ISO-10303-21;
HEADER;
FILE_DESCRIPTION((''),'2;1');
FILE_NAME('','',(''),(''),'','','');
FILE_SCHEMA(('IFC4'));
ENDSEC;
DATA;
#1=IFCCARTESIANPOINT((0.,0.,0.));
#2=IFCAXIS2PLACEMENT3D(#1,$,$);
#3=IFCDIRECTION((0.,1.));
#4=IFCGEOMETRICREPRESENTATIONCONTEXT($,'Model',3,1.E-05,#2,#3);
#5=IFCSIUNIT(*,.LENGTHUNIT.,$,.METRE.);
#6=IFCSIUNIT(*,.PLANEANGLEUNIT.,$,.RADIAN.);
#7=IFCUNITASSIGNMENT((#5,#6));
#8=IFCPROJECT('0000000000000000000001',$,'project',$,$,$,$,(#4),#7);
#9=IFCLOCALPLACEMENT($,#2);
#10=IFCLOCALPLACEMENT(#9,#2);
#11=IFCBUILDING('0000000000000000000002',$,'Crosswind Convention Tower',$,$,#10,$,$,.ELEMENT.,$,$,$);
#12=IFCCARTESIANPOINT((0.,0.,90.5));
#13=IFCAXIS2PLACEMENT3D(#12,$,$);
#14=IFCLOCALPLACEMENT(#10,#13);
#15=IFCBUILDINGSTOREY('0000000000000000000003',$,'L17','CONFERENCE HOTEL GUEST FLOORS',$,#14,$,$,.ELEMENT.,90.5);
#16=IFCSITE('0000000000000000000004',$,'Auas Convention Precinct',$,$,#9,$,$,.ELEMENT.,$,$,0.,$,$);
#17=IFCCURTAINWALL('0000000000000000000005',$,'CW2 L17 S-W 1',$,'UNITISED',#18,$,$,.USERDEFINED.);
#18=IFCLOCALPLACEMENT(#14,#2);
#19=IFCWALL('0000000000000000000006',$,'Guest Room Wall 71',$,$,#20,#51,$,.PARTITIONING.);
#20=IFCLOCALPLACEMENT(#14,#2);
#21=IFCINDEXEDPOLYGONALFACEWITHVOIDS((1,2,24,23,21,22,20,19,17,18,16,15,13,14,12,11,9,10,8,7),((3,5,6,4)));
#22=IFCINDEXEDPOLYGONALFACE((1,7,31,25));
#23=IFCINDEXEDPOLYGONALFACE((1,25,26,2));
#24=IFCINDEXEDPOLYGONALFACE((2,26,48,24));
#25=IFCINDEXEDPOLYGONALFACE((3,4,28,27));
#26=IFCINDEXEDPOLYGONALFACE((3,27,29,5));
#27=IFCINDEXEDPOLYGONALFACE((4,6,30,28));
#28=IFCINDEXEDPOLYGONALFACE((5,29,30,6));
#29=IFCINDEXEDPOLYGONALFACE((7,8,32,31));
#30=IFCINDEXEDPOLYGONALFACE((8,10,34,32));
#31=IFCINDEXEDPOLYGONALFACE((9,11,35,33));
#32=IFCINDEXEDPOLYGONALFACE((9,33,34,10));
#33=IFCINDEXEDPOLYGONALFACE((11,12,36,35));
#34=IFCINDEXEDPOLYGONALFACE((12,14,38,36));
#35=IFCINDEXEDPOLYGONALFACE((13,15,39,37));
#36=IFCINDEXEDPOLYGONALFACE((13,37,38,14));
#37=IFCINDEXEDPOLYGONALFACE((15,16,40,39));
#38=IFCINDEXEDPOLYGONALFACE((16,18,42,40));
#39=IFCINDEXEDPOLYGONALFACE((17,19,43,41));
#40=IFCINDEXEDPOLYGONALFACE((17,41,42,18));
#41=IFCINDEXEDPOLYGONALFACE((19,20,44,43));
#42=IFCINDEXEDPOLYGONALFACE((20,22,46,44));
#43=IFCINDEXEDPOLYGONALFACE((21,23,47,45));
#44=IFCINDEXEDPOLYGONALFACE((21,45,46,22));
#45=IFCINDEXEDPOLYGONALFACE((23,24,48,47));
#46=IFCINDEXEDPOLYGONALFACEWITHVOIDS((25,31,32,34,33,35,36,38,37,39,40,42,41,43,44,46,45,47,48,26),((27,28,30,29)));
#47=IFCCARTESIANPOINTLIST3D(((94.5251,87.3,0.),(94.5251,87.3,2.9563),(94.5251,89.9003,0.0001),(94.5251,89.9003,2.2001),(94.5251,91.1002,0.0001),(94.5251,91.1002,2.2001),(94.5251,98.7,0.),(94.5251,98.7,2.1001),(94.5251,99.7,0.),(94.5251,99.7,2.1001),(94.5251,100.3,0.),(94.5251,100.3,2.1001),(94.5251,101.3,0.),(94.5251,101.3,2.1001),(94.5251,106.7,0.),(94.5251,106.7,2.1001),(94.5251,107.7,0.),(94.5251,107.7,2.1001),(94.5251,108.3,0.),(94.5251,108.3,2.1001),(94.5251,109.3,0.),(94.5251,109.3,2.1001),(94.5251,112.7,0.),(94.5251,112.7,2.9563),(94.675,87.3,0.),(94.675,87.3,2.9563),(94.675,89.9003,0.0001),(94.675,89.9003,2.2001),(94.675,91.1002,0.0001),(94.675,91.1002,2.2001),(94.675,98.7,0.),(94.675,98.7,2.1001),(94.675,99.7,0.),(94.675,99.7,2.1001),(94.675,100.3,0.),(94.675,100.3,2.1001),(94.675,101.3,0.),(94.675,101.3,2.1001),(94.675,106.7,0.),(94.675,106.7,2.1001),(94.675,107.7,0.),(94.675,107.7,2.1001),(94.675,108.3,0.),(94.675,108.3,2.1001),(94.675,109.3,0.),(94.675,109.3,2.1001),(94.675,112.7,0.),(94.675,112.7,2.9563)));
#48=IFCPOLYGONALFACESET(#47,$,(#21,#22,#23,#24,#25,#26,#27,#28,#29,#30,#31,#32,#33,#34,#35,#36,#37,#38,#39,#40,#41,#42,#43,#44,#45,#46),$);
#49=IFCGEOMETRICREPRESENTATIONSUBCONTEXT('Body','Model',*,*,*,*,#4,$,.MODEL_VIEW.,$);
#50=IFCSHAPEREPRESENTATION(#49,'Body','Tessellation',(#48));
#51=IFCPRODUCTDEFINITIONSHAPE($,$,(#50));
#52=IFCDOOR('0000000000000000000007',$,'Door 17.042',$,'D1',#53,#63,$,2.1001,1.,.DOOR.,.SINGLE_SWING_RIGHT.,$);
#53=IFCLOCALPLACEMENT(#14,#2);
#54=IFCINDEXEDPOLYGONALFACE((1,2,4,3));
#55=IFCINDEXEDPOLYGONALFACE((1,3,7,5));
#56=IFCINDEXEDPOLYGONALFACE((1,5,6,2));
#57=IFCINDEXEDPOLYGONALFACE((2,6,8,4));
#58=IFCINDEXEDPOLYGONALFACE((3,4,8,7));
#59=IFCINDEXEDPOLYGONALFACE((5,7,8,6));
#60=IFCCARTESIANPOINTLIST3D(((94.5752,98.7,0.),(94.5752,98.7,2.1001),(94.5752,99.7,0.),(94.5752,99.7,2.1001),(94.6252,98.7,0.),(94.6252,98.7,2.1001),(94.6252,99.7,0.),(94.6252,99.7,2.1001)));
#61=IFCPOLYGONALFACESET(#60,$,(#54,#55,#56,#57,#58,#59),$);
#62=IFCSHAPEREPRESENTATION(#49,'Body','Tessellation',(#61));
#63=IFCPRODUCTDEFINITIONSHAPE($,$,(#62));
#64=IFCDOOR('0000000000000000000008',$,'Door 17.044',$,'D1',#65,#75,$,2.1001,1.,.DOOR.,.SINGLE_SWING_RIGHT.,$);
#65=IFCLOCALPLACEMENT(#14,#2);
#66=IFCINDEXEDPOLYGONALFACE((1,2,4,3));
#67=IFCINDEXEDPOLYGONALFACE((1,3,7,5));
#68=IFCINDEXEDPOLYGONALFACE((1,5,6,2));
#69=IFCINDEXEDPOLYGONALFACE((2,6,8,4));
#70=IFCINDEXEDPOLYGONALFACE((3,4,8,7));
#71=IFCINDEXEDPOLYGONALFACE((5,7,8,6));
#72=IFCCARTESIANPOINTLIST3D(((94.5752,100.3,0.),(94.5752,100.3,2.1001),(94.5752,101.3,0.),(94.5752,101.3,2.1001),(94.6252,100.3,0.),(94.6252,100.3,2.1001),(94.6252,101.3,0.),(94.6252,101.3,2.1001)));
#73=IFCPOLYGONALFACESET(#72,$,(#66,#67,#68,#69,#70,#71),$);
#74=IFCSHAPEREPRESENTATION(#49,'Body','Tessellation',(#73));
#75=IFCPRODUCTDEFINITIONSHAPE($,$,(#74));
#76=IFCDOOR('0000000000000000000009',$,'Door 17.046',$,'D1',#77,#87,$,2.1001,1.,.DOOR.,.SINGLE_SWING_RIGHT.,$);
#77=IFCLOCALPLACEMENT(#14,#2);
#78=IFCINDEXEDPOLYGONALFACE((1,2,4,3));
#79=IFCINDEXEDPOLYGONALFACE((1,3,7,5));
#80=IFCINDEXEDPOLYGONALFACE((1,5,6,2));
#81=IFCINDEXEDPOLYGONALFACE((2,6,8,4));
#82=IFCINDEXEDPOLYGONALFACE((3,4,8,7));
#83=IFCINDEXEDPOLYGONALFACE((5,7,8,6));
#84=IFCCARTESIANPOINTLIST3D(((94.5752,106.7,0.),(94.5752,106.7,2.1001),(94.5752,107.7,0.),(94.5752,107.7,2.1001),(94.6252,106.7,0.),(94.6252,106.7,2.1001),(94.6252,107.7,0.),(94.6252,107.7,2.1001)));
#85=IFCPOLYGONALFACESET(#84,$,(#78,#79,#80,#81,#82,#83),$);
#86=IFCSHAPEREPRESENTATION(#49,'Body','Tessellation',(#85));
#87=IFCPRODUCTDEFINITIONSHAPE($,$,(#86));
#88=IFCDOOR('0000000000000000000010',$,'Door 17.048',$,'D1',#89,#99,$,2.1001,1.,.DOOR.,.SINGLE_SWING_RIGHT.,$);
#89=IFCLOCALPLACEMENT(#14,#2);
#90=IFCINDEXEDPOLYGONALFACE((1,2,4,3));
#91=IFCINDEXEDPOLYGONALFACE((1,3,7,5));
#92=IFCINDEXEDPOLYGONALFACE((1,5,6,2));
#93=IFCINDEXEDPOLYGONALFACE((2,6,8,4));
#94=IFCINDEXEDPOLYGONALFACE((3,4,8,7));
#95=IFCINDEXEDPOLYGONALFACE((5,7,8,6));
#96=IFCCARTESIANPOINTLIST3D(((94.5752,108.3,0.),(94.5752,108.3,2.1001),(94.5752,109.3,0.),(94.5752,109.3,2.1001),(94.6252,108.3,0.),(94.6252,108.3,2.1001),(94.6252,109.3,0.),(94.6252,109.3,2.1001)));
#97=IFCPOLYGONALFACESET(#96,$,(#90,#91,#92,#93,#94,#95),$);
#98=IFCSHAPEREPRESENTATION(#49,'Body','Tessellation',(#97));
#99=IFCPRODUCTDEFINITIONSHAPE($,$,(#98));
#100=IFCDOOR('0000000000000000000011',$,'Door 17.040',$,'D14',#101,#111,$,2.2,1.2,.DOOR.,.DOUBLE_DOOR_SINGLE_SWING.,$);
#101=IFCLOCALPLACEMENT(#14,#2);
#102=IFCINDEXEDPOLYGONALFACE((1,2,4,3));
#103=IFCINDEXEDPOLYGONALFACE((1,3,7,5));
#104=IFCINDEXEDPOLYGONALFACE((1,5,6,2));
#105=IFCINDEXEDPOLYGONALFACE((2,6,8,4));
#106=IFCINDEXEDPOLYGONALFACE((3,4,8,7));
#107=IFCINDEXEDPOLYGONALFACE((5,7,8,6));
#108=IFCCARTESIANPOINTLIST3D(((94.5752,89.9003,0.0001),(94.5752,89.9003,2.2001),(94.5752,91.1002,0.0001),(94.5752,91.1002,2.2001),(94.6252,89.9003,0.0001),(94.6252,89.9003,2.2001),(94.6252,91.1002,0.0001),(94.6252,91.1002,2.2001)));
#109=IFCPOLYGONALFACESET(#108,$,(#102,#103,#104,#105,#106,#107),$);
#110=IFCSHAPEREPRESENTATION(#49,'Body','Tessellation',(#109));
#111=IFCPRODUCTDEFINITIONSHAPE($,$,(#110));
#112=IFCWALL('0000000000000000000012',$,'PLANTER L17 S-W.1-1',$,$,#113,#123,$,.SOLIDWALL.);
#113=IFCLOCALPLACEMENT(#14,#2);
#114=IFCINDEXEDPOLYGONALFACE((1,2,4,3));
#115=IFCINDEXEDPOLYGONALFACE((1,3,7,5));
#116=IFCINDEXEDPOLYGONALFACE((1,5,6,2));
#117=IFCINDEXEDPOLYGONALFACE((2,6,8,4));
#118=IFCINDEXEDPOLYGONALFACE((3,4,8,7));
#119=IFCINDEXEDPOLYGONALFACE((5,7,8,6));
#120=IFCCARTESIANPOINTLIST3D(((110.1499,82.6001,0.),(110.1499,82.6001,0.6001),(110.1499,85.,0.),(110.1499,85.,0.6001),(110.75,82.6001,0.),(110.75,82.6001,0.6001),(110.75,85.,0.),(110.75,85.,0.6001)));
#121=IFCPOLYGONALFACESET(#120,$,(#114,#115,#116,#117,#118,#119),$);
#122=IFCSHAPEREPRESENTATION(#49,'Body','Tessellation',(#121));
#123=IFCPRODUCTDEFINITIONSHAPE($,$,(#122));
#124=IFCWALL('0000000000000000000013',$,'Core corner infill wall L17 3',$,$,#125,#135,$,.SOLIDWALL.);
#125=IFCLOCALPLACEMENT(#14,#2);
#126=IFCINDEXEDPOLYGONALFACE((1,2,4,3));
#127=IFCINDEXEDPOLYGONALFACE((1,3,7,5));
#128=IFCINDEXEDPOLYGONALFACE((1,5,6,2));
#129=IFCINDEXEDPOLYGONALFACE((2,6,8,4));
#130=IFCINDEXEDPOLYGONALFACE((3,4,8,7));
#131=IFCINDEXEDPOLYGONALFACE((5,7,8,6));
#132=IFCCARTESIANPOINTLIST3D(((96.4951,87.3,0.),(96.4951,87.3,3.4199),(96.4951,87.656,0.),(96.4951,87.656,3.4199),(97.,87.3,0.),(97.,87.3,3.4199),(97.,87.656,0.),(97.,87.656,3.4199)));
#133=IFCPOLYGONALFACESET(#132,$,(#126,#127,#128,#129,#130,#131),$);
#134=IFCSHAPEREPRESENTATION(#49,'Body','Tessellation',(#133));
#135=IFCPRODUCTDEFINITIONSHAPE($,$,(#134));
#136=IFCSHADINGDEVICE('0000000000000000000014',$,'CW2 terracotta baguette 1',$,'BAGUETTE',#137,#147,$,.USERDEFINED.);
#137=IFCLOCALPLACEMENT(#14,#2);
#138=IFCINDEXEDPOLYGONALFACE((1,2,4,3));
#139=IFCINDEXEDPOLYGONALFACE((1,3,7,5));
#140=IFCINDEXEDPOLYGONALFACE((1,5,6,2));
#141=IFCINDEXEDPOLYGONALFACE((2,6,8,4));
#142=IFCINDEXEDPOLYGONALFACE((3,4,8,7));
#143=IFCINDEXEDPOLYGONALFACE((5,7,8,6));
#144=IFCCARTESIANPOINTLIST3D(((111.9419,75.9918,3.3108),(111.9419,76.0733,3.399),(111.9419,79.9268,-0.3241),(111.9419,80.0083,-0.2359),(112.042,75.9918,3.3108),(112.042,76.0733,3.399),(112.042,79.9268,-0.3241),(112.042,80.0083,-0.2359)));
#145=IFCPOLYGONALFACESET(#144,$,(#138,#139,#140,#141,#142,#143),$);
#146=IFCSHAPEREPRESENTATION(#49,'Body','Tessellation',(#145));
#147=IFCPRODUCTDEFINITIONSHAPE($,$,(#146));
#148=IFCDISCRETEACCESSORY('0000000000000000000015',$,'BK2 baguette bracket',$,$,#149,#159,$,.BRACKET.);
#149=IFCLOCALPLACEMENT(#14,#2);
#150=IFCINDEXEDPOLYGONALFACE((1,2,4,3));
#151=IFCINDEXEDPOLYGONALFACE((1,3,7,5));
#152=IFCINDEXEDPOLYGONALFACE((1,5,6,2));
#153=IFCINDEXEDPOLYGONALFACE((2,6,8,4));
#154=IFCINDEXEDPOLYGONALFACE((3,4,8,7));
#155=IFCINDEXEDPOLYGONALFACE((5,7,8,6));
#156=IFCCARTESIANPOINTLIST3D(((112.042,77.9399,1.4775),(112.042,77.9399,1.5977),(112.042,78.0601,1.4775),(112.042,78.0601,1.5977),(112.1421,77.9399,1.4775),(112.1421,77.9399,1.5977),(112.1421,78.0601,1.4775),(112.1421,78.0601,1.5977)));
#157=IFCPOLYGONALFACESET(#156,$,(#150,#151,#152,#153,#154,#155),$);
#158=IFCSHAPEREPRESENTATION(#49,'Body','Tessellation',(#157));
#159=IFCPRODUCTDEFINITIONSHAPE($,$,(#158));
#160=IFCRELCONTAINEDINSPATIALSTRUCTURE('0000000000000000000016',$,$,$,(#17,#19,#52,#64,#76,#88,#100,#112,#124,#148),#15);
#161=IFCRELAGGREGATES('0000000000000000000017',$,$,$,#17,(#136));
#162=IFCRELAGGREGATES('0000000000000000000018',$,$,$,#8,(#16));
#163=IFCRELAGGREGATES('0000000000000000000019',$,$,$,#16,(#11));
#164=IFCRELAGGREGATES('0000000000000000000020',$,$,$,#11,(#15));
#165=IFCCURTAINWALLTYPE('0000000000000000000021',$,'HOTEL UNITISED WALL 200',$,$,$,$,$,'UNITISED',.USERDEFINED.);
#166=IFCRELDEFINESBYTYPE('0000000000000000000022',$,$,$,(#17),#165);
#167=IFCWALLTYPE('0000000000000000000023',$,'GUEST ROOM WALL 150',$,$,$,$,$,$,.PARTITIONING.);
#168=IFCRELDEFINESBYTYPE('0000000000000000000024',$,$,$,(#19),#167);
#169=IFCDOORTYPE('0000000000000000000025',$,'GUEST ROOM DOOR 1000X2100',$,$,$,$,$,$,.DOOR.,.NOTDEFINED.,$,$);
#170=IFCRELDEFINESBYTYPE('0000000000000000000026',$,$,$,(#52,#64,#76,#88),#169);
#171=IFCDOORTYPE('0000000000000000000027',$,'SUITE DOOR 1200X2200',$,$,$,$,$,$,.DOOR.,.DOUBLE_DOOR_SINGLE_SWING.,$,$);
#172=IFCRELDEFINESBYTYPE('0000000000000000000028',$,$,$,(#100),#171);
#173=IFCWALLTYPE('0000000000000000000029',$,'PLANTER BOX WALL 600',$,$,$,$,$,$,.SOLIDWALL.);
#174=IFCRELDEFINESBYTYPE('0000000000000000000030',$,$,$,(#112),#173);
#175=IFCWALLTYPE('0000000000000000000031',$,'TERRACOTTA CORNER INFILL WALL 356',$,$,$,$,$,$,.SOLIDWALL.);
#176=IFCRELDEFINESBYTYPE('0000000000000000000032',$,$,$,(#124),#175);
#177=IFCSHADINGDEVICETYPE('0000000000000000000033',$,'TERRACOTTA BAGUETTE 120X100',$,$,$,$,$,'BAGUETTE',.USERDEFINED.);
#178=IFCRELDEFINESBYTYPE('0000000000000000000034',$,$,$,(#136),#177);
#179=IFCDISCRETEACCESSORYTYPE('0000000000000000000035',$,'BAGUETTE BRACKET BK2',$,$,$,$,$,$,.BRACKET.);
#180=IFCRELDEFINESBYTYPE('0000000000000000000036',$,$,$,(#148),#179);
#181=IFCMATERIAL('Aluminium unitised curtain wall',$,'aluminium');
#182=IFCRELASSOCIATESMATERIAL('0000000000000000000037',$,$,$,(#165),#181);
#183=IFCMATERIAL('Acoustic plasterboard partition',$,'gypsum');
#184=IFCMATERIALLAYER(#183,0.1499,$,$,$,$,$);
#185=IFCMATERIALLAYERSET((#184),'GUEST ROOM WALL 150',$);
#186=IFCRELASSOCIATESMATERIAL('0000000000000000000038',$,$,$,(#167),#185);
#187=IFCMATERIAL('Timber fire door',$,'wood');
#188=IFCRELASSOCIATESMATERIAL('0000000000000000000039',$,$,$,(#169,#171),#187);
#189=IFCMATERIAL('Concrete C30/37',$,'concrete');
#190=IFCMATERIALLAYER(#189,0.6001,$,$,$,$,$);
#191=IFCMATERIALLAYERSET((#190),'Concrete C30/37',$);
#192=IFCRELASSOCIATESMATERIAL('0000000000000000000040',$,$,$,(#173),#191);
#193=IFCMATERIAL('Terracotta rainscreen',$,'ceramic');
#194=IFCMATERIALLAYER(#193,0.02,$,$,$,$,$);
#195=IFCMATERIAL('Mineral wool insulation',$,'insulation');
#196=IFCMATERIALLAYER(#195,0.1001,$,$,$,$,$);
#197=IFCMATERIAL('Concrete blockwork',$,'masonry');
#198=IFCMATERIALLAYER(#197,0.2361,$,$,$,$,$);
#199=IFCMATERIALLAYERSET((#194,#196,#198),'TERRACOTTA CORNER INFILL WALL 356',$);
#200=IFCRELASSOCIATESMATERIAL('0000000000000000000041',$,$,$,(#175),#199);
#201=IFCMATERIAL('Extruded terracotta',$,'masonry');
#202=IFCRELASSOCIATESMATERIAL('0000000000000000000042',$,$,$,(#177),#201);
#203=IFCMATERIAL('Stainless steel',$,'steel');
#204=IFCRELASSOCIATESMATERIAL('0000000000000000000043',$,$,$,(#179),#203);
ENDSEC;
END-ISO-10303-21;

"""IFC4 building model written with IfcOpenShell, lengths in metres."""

from ifc_helpers import new_model, si_unit, direction, frame, frame_2d, origin, origin_2d, place, context, subcontext, project, spatial, rectangle, extrude, material, layer, layer_set, material_profile, profile_set, type_object, element, fill, aggregate, save


model = new_model("IFC4")

# Units and contexts
model_context = context("Model", 3, precision=1e-05, world=origin(), true_north=direction((0.0, 1.0)))
body_context = subcontext(model_context, "Body", "Model", "MODEL_VIEW")
ifc_project = project(units=[si_unit("LENGTHUNIT", "METRE"), si_unit("PLANEANGLEUNIT", "RADIAN")], contexts=[model_context])

# Site, building, storey
site_placement = place(None, origin())
site = spatial("IfcSite", under=ifc_project, at=site_placement, Name="Auas Convention Precinct", CompositionType="ELEMENT", RefElevation=0.0)
building_placement = place(site_placement, origin())
building = spatial("IfcBuilding", under=site, at=building_placement, Name="Crosswind Convention Tower", CompositionType="ELEMENT")
storey_placement = place(building_placement, frame((0.0, 0.0, 90.5)))
storey = spatial("IfcBuildingStorey", under=building, at=storey_placement, Name="L17", Description="CONFERENCE HOTEL GUEST FLOORS", CompositionType="ELEMENT", Elevation=90.5)

# Shared definitions
ifc_material_1 = material(Name="Aluminium unitised curtain wall", Category="aluminium")

# Curtain wall
curtain_wall_type_1 = type_object("IfcCurtainWallType", Name="HOTEL UNITISED WALL 200", ElementType="UNITISED", PredefinedType="USERDEFINED", material=ifc_material_1)
curtain_wall_1_placement = place(storey_placement, origin())
curtain_wall_1 = element("IfcCurtainWall", 1, at=curtain_wall_1_placement, inside=storey, type_object=curtain_wall_type_1, Name="CW2 L17 S-W 1", ObjectType="UNITISED", PredefinedType="USERDEFINED")

# Wall, openings, doors
ifc_material_2 = material(Name="Acoustic plasterboard partition", Category="gypsum")
ifc_layer_1 = layer(ifc_material_2, 0.1499)
ifc_layer_set_1 = layer_set([ifc_layer_1], Name="GUEST ROOM WALL 150")
wall_type_1 = type_object("IfcWallType", Name="GUEST ROOM WALL 150", PredefinedType="PARTITIONING", material=ifc_layer_set_1)
wall_1_placement = place(storey_placement, frame((94.6001, 87.3, 0.0), z_axis=(0.0, 0.0, 1.0), x_axis=(0.0, 1.0, 0.0)))
wall_1 = element("IfcWall", 2, at=wall_1_placement, inside=storey, type_object=wall_type_1, Name="Guest Room Wall 71", PredefinedType="PARTITIONING", context=body_context, shape_type="SweptSolid", body=[
    extrude(rectangle(XDim=25.3999, YDim=0.1499, at=frame_2d((12.7, 0.0))), origin(), (0.0, 0.0, 1.0), 2.9563),
])
opening_1_placement = place(wall_1_placement, frame((2.6001, 0.0, 0.0)))
opening_1 = element("IfcOpeningElement", 3, at=opening_1_placement, cuts=wall_1, PredefinedType="OPENING", context=body_context, shape_type="SweptSolid", body=[
    extrude(rectangle(XDim=1.2, YDim=2.2, at=frame_2d((0.6001, 1.1001))), frame((0.0, 0.085, 0.0), z_axis=(0.0, -1.0, 0.0), x_axis=(1.0, 0.0, 0.0)), (0.0, 0.0, 1.0), 0.1699),
])
opening_2_placement = place(wall_1_placement, frame((11.3999, 0.0, 0.0)))
opening_2 = element("IfcOpeningElement", 4, at=opening_2_placement, cuts=wall_1, PredefinedType="OPENING", context=body_context, shape_type="SweptSolid", body=[
    extrude(rectangle(XDim=1.0, YDim=2.1001, at=frame_2d((0.5, 1.05))), frame((0.0, 0.085, 0.0), z_axis=(0.0, -1.0, 0.0), x_axis=(1.0, 0.0, 0.0)), (0.0, 0.0, 1.0), 0.1699),
])
opening_3_placement = place(wall_1_placement, frame((13.0, 0.0, 0.0)))
opening_3 = element("IfcOpeningElement", 5, at=opening_3_placement, cuts=wall_1, PredefinedType="OPENING", context=body_context, shape_type="SweptSolid", body=[
    extrude(rectangle(XDim=1.0, YDim=2.1001, at=frame_2d((0.5, 1.05))), frame((0.0, 0.085, 0.0), z_axis=(0.0, -1.0, 0.0), x_axis=(1.0, 0.0, 0.0)), (0.0, 0.0, 1.0), 0.1699),
])
opening_4_placement = place(wall_1_placement, frame((19.3999, 0.0, 0.0)))
opening_4 = element("IfcOpeningElement", 6, at=opening_4_placement, cuts=wall_1, PredefinedType="OPENING", context=body_context, shape_type="SweptSolid", body=[
    extrude(rectangle(XDim=1.0, YDim=2.1001, at=frame_2d((0.5, 1.05))), frame((0.0, 0.085, 0.0), z_axis=(0.0, -1.0, 0.0), x_axis=(1.0, 0.0, 0.0)), (0.0, 0.0, 1.0), 0.1699),
])
opening_5_placement = place(wall_1_placement, frame((21.0, 0.0, 0.0)))
opening_5 = element("IfcOpeningElement", 7, at=opening_5_placement, cuts=wall_1, PredefinedType="OPENING", context=body_context, shape_type="SweptSolid", body=[
    extrude(rectangle(XDim=1.0, YDim=2.1001, at=frame_2d((0.5, 1.05))), frame((0.0, 0.085, 0.0), z_axis=(0.0, -1.0, 0.0), x_axis=(1.0, 0.0, 0.0)), (0.0, 0.0, 1.0), 0.1699),
])
ifc_material_3 = material(Name="Timber fire door", Category="wood")
door_type_1 = type_object("IfcDoorType", Name="GUEST ROOM DOOR 1000X2100", OperationType="NOTDEFINED", PredefinedType="DOOR", material=ifc_material_3)
door_1_placement = place(opening_2_placement, origin())
door_1 = element("IfcDoor", 8, at=door_1_placement, inside=storey, type_object=door_type_1, Name="Door 17.042", ObjectType="D1", OperationType="SINGLE_SWING_RIGHT", OverallHeight=2.1001, OverallWidth=1.0, PredefinedType="DOOR", context=body_context, shape_type="SweptSolid", body=[
    extrude(rectangle(XDim=1.0, YDim=2.1001, at=frame_2d((0.5, 1.05))), frame((0.0, 0.0249, 0.0), z_axis=(0.0, -1.0, 0.0), x_axis=(1.0, 0.0, 0.0)), (0.0, 0.0, 1.0), 0.05),
])
fill(opening_2, door_1)
door_2_placement = place(opening_3_placement, origin())
door_2 = element("IfcDoor", 9, at=door_2_placement, inside=storey, type_object=door_type_1, Name="Door 17.044", ObjectType="D1", OperationType="SINGLE_SWING_RIGHT", OverallHeight=2.1001, OverallWidth=1.0, PredefinedType="DOOR", context=body_context, shape_type="SweptSolid", body=[
    extrude(rectangle(XDim=1.0, YDim=2.1001, at=frame_2d((0.5, 1.05))), frame((0.0, 0.0249, 0.0), z_axis=(0.0, -1.0, 0.0), x_axis=(1.0, 0.0, 0.0)), (0.0, 0.0, 1.0), 0.05),
])
fill(opening_3, door_2)
door_3_placement = place(opening_4_placement, origin())
door_3 = element("IfcDoor", 10, at=door_3_placement, inside=storey, type_object=door_type_1, Name="Door 17.046", ObjectType="D1", OperationType="SINGLE_SWING_RIGHT", OverallHeight=2.1001, OverallWidth=1.0, PredefinedType="DOOR", context=body_context, shape_type="SweptSolid", body=[
    extrude(rectangle(XDim=1.0, YDim=2.1001, at=frame_2d((0.5, 1.05))), frame((0.0, 0.0249, 0.0), z_axis=(0.0, -1.0, 0.0), x_axis=(1.0, 0.0, 0.0)), (0.0, 0.0, 1.0), 0.05),
])
fill(opening_4, door_3)
door_4_placement = place(opening_5_placement, origin())
door_4 = element("IfcDoor", 11, at=door_4_placement, inside=storey, type_object=door_type_1, Name="Door 17.048", ObjectType="D1", OperationType="SINGLE_SWING_RIGHT", OverallHeight=2.1001, OverallWidth=1.0, PredefinedType="DOOR", context=body_context, shape_type="SweptSolid", body=[
    extrude(rectangle(XDim=1.0, YDim=2.1001, at=frame_2d((0.5, 1.05))), frame((0.0, 0.0249, 0.0), z_axis=(0.0, -1.0, 0.0), x_axis=(1.0, 0.0, 0.0)), (0.0, 0.0, 1.0), 0.05),
])
fill(opening_5, door_4)
door_type_2 = type_object("IfcDoorType", Name="SUITE DOOR 1200X2200", OperationType="DOUBLE_DOOR_SINGLE_SWING", PredefinedType="DOOR", material=ifc_material_3)
door_5_placement = place(opening_1_placement, origin())
door_5 = element("IfcDoor", 12, at=door_5_placement, inside=storey, type_object=door_type_2, Name="Door 17.040", ObjectType="D14", OperationType="DOUBLE_DOOR_SINGLE_SWING", OverallHeight=2.2, OverallWidth=1.2, PredefinedType="DOOR", context=body_context, shape_type="SweptSolid", body=[
    extrude(rectangle(XDim=1.2, YDim=2.2, at=frame_2d((0.6001, 1.1001))), frame((0.0, 0.0249, 0.0), z_axis=(0.0, -1.0, 0.0), x_axis=(1.0, 0.0, 0.0)), (0.0, 0.0, 1.0), 0.05),
])
fill(opening_1, door_5)

# Walls
ifc_material_4 = material(Name="Concrete C30/37", Category="concrete")
ifc_layer_2 = layer(ifc_material_4, 0.6001)
ifc_layer_set_2 = layer_set([ifc_layer_2], Name="Concrete C30/37")
wall_type_2 = type_object("IfcWallType", Name="PLANTER BOX WALL 600", PredefinedType="SOLIDWALL", material=ifc_layer_set_2)
wall_2_placement = place(storey_placement, frame((110.45, 85.0, 0.0), z_axis=(0.0, 0.0, 1.0), x_axis=(0.0, -1.0, 0.0)))
element("IfcWall", 13, at=wall_2_placement, inside=storey, type_object=wall_type_2, Name="PLANTER L17 S-W.1-1", PredefinedType="SOLIDWALL", context=body_context, shape_type="SweptSolid", body=[
    extrude(rectangle(XDim=2.3999, YDim=0.6001, at=frame_2d((1.2, 0.0))), origin(), (0.0, 0.0, 1.0), 0.6001),
])
ifc_material_5 = material(Name="Terracotta rainscreen", Category="ceramic")
ifc_layer_3 = layer(ifc_material_5, 0.02)
ifc_material_6 = material(Name="Mineral wool insulation", Category="insulation")
ifc_layer_4 = layer(ifc_material_6, 0.1001)
ifc_material_7 = material(Name="Concrete blockwork", Category="masonry")
ifc_layer_5 = layer(ifc_material_7, 0.2361)
ifc_layer_set_3 = layer_set([ifc_layer_3, ifc_layer_4, ifc_layer_5], Name="TERRACOTTA CORNER INFILL WALL 356")
wall_type_3 = type_object("IfcWallType", Name="TERRACOTTA CORNER INFILL WALL 356", PredefinedType="SOLIDWALL", material=ifc_layer_set_3)
wall_3_placement = place(storey_placement, frame((96.4951, 87.478, 0.0), z_axis=(0.0, 0.0, 1.0), x_axis=(1.0, 0.0, 0.0)))
element("IfcWall", 14, at=wall_3_placement, inside=storey, type_object=wall_type_3, Name="Core corner infill wall L17 3", PredefinedType="SOLIDWALL", context=body_context, shape_type="SweptSolid", body=[
    extrude(rectangle(XDim=0.5049, YDim=0.356, at=frame_2d((0.2524, 0.0))), origin(), (0.0, 0.0, 1.0), 3.4199),
])

# Shading device
ifc_material_8 = material(Name="Extruded terracotta", Category="masonry")
ifc_material_profile_1 = material_profile(ifc_material_8, rectangle(XDim=0.1001, YDim=0.1201, at=origin_2d()), Name="TC 100X120")
ifc_profile_set_1 = profile_set([ifc_material_profile_1], Name="Extruded terracotta")
shading_device_type = type_object("IfcShadingDeviceType", Name="TERRACOTTA BAGUETTE 120X100", ElementType="BAGUETTE", PredefinedType="USERDEFINED", material=ifc_profile_set_1)
shading_device_placement = place(storey_placement, frame((111.9919, 79.9675, -0.28), z_axis=(0.0, -0.734557, 0.678547), x_axis=(1.0, 0.0, 0.0)))
shading_device = element("IfcShadingDevice", 15, at=shading_device_placement, type_object=shading_device_type, Name="CW2 terracotta baguette 1", ObjectType="BAGUETTE", PredefinedType="USERDEFINED", context=body_context, shape_type="SweptSolid", body=[
    extrude(rectangle(XDim=0.1001, YDim=0.1201, at=origin_2d()), origin(), (0.0, 0.0, 1.0), 5.3569),
])
aggregate(curtain_wall_1, [shading_device])

# Discrete accessory
ifc_material_9 = material(Name="Stainless steel", Category="steel")
discrete_accessory_type = type_object("IfcDiscreteAccessoryType", Name="BAGUETTE BRACKET BK2", PredefinedType="BRACKET", material=ifc_material_9)
discrete_accessory_placement = place(storey_placement, frame((112.092, 78.0, 1.4775), z_axis=(0.0, 0.0, 1.0), x_axis=(0.0, -1.0, 0.0)))
element("IfcDiscreteAccessory", 16, at=discrete_accessory_placement, inside=storey, type_object=discrete_accessory_type, Name="BK2 baguette bracket", PredefinedType="BRACKET", context=body_context, shape_type="SweptSolid", body=[
    extrude(rectangle(XDim=0.1201, YDim=0.1001, at=origin_2d()), origin(), (0.0, 0.0, 1.0), 0.1201),
])

save(model, "model.ifc")
